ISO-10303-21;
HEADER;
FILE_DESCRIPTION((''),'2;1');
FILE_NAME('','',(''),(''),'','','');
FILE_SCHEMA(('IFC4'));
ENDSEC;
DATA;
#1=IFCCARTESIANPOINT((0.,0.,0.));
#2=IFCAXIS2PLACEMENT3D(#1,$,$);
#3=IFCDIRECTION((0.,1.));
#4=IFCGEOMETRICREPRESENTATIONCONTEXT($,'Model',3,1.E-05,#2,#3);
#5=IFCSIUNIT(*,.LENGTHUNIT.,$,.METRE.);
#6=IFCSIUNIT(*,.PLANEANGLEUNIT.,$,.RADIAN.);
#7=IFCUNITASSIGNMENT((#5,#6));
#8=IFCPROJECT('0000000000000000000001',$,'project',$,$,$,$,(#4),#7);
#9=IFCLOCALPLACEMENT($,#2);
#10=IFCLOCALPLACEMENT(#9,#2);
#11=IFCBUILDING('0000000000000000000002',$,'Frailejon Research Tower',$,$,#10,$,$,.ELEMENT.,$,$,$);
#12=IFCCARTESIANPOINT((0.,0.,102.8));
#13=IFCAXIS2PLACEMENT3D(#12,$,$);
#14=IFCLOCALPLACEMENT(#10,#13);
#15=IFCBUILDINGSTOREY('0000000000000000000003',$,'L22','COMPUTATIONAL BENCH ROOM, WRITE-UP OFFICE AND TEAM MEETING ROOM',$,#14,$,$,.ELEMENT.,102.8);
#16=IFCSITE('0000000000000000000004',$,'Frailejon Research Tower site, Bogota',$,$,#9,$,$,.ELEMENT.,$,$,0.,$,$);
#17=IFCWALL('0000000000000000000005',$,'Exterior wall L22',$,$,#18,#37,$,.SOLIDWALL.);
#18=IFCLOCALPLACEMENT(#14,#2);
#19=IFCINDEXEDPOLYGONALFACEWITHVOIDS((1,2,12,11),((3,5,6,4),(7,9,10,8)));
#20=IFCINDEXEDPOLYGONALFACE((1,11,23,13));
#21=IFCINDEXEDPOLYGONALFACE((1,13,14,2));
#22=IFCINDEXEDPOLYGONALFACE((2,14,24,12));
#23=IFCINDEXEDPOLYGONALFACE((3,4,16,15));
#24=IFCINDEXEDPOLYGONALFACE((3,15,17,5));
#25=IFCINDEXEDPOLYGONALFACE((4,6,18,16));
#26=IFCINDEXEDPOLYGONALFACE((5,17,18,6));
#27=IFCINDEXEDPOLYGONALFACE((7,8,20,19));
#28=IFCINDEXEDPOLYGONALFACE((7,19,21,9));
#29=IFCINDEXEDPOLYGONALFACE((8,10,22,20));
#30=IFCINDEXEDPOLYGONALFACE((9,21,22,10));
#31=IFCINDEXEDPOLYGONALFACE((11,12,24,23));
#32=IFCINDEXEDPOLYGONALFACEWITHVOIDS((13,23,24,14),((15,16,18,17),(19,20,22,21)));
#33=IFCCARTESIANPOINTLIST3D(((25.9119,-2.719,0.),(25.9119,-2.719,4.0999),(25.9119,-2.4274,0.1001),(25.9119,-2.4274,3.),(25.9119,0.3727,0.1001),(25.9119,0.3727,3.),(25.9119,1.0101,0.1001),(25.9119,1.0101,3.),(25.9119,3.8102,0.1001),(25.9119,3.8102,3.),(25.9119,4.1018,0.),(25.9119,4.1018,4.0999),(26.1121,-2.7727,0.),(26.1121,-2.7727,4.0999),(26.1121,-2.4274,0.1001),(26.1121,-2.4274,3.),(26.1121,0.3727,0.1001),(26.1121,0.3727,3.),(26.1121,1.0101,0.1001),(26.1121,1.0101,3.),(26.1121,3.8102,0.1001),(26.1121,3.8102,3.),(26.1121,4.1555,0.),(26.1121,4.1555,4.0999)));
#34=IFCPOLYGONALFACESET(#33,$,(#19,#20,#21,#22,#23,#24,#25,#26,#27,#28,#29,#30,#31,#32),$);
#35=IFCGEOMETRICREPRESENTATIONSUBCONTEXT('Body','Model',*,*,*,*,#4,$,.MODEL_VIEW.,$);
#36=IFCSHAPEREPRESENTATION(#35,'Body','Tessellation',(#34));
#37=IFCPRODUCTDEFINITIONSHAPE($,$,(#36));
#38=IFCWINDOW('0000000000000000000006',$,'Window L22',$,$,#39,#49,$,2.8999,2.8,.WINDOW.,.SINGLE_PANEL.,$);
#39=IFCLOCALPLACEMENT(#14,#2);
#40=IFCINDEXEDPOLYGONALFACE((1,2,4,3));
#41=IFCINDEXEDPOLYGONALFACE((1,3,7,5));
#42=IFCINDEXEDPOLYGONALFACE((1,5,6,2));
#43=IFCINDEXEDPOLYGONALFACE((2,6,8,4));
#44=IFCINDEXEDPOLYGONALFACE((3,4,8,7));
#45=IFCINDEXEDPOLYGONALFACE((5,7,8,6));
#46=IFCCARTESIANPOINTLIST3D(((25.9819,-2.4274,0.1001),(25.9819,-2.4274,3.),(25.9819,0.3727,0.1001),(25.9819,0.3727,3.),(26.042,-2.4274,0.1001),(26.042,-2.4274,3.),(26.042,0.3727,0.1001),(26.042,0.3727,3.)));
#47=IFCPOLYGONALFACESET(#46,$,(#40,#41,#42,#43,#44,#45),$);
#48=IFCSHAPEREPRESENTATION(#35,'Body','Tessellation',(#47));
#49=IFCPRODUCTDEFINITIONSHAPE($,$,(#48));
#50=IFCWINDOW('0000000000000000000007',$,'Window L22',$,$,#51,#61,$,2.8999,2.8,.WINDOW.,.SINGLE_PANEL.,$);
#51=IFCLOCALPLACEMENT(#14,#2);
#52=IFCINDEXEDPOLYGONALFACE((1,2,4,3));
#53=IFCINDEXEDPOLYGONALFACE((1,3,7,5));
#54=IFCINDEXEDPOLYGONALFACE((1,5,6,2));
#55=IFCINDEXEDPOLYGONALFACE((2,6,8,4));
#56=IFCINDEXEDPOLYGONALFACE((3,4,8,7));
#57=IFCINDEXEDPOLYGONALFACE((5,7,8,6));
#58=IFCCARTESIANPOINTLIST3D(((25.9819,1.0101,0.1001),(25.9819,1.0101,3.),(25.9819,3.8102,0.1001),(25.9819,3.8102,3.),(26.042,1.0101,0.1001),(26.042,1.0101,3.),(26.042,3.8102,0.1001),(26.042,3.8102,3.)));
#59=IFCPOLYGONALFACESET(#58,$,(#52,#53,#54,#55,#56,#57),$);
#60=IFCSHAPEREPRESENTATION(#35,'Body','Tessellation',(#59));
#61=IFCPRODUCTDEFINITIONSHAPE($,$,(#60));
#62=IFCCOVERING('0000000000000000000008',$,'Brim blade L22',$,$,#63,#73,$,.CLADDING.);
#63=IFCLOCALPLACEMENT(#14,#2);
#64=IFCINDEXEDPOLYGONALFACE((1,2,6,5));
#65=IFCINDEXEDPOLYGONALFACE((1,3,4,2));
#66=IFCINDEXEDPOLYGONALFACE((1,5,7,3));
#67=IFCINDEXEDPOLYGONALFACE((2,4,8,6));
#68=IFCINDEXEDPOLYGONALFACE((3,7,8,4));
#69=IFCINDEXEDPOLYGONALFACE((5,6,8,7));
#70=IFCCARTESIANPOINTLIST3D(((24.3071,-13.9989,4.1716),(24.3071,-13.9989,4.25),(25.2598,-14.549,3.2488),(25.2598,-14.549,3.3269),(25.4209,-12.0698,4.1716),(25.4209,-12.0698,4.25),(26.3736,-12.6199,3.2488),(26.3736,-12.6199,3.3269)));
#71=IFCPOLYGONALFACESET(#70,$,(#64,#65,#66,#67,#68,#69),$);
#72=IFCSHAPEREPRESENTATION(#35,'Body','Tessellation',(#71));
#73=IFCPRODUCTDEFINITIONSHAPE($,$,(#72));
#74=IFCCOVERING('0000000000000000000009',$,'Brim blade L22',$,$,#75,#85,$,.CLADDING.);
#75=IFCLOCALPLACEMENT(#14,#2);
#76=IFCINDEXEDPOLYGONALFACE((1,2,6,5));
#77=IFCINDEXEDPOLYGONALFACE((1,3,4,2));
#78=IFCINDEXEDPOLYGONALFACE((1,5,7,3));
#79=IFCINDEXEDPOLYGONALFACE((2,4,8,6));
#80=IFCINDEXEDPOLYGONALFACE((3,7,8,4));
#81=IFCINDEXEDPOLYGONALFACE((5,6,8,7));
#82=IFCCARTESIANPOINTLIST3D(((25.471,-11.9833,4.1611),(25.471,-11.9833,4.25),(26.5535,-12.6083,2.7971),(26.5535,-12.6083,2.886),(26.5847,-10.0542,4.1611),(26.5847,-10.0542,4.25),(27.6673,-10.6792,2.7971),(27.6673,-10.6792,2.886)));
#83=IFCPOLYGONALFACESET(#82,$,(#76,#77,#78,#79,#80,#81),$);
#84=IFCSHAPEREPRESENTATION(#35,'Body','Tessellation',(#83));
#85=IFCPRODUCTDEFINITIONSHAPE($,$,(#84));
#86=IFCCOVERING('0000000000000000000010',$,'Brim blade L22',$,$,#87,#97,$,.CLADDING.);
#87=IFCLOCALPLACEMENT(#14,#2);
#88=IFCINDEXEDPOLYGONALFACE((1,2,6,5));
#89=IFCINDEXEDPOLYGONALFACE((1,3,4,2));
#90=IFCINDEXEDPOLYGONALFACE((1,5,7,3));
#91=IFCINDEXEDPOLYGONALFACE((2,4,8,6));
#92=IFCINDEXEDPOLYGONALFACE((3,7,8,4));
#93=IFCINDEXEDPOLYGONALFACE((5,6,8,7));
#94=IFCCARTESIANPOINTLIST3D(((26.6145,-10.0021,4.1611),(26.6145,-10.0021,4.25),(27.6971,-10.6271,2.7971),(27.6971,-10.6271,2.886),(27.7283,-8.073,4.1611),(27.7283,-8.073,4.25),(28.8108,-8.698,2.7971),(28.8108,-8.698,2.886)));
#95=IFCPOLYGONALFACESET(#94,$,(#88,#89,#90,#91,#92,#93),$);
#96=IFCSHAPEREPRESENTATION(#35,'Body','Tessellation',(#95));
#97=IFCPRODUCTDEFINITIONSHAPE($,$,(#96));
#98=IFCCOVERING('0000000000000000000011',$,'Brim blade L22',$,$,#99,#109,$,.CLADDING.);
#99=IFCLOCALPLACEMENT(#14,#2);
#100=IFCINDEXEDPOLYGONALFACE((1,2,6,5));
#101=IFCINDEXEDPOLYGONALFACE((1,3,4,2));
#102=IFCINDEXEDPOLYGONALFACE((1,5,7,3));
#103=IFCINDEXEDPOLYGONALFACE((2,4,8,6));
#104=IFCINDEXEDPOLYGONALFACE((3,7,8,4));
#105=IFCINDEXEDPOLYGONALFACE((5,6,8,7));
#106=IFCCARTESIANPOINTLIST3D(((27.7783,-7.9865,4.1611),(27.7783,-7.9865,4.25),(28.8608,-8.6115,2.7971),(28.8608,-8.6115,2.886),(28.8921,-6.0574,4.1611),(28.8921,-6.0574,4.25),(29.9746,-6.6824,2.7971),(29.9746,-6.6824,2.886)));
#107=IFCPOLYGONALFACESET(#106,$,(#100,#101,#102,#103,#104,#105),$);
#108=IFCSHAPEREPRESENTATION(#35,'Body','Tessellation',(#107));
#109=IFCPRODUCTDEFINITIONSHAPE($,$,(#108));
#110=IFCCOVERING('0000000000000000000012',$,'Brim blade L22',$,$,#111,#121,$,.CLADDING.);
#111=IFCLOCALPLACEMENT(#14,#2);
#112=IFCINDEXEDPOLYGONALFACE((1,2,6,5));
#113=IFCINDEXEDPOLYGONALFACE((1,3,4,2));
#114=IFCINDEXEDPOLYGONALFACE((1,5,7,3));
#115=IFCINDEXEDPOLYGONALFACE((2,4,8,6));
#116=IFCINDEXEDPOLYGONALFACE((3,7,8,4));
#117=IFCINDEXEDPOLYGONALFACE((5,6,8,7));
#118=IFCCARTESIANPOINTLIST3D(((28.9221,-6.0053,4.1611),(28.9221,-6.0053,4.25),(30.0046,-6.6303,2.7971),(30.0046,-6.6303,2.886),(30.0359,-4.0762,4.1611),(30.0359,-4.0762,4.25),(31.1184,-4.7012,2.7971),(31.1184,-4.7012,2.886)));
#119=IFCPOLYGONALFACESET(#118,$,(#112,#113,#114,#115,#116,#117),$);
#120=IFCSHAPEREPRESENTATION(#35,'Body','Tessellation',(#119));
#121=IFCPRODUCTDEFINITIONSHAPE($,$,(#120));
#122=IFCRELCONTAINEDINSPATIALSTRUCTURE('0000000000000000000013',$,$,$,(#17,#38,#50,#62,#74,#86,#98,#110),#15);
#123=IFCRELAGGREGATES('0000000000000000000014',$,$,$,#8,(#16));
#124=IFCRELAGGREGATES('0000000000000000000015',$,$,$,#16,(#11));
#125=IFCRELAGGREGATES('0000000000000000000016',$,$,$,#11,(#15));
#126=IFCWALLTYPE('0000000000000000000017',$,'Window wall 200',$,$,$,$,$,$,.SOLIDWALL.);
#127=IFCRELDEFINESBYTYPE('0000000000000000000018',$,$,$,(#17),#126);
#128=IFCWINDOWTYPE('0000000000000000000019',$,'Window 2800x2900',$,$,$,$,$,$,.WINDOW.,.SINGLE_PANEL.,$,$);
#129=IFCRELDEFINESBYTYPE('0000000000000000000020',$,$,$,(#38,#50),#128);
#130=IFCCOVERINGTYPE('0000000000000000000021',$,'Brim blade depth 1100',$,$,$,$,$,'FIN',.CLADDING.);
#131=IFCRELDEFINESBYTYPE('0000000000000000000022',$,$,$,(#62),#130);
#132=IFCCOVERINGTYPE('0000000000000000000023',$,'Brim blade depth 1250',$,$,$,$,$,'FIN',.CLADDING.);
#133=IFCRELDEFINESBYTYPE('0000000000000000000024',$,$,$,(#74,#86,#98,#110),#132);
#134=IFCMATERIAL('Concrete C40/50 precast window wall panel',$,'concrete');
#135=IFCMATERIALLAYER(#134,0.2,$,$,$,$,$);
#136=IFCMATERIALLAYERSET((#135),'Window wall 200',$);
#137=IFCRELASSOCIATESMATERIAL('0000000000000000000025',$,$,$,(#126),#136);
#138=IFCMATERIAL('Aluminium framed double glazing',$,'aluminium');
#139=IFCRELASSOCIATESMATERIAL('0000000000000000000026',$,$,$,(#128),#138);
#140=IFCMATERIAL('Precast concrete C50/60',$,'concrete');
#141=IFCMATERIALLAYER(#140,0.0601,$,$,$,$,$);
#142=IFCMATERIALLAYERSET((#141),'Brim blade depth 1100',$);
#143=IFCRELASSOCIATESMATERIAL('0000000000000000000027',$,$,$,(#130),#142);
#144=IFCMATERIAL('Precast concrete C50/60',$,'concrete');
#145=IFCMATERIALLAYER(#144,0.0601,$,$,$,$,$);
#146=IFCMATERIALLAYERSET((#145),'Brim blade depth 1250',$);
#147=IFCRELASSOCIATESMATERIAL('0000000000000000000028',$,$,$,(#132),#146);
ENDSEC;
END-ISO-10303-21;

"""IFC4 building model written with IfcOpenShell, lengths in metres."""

from ifc_helpers import new_model, si_unit, direction, frame, frame_2d, origin, place, context, subcontext, project, spatial, polyline, rectangle, outline, extrude, material, layer, layer_set, type_object, element, fill, save


model = new_model("IFC4")

# Units and contexts
model_context = context("Model", 3, precision=1e-05, world=origin(), true_north=direction((0.0, 1.0)))
body_context = subcontext(model_context, "Body", "Model", "MODEL_VIEW")
ifc_project = project(units=[si_unit("LENGTHUNIT", "METRE"), si_unit("PLANEANGLEUNIT", "RADIAN")], contexts=[model_context])

# Site, building, storey
site_placement = place(None, origin())
site = spatial("IfcSite", under=ifc_project, at=site_placement, Name="Frailejon Research Tower site, Bogota", CompositionType="ELEMENT", RefElevation=0.0)
building_placement = place(site_placement, origin())
building = spatial("IfcBuilding", under=site, at=building_placement, Name="Frailejon Research Tower", CompositionType="ELEMENT")
storey_placement = place(building_placement, frame((0.0, 0.0, 102.8)))
storey = spatial("IfcBuildingStorey", under=building, at=storey_placement, Name="L22", Description="COMPUTATIONAL BENCH ROOM, WRITE-UP OFFICE AND TEAM MEETING ROOM", CompositionType="ELEMENT", Elevation=102.8)

# Wall, openings, windows
ifc_material_1 = material(Name="Concrete C40/50 precast window wall panel", Category="concrete")
ifc_layer_1 = layer(ifc_material_1, 0.2)
ifc_layer_set_1 = layer_set([ifc_layer_1], Name="Window wall 200")
wall_type_1 = type_object("IfcWallType", Name="Window wall 200", PredefinedType="SOLIDWALL", material=ifc_layer_set_1)
wall_1_placement = place(storey_placement, frame((26.012, -2.7458, 0.0), z_axis=(0.0, 0.0, 1.0), x_axis=(0.0, 1.0, 0.0)))
wall_1 = element("IfcWall", 1, at=wall_1_placement, inside=storey, type_object=wall_type_1, Name="Exterior wall L22", PredefinedType="SOLIDWALL", context=body_context, shape_type="SweptSolid", body=[
    extrude(outline(polyline([(-0.0269, -0.1001), (1.1279, -0.1001), (2.2825, -0.1001), (3.4373, -0.1001), (4.592, -0.1001), (5.7466, -0.1001), (6.9014, -0.1001), (6.8477, 0.1001), (5.7109, 0.1001), (4.574, 0.1001), (3.4373, 0.1001), (2.3005, 0.1001), (1.1636, 0.1001), (0.0269, 0.1001), (-0.0269, -0.1001)])), origin(), (0.0, 0.0, 1.0), 4.0999),
])
opening_1_placement = place(wall_1_placement, frame((0.3186, 0.0, 0.1001)))
opening_1 = element("IfcOpeningElement", 2, at=opening_1_placement, cuts=wall_1, PredefinedType="OPENING", context=body_context, shape_type="SweptSolid", body=[
    extrude(rectangle(XDim=2.8, YDim=2.8999, at=frame_2d((1.3999, 1.45))), frame((0.0, 0.1099, 0.0), z_axis=(0.0, -1.0, 0.0), x_axis=(1.0, 0.0, 0.0)), (0.0, 0.0, 1.0), 0.22),
])
opening_2_placement = place(wall_1_placement, frame((3.7561, 0.0, 0.1001)))
opening_2 = element("IfcOpeningElement", 3, at=opening_2_placement, cuts=wall_1, PredefinedType="OPENING", context=body_context, shape_type="SweptSolid", body=[
    extrude(rectangle(XDim=2.8, YDim=2.8999, at=frame_2d((1.3999, 1.45))), frame((0.0, 0.1099, 0.0), z_axis=(0.0, -1.0, 0.0), x_axis=(1.0, 0.0, 0.0)), (0.0, 0.0, 1.0), 0.22),
])
ifc_material_2 = material(Name="Aluminium framed double glazing", Category="aluminium")
window_type = type_object("IfcWindowType", Name="Window 2800x2900", PartitioningType="SINGLE_PANEL", PredefinedType="WINDOW", material=ifc_material_2)
window_1_placement = place(opening_1_placement, origin())
window_1 = element("IfcWindow", 4, at=window_1_placement, inside=storey, type_object=window_type, Name="Window L22", OverallHeight=2.8999, OverallWidth=2.8, PartitioningType="SINGLE_PANEL", PredefinedType="WINDOW", context=body_context, shape_type="SweptSolid", body=[
    extrude(rectangle(XDim=2.8, YDim=2.8999, at=frame_2d((1.3999, 1.45))), frame((0.0, 0.03, 0.0), z_axis=(0.0, -1.0, 0.0), x_axis=(1.0, 0.0, 0.0)), (0.0, 0.0, 1.0), 0.0601),
])
fill(opening_1, window_1)
window_2_placement = place(opening_2_placement, origin())
window_2 = element("IfcWindow", 5, at=window_2_placement, inside=storey, type_object=window_type, Name="Window L22", OverallHeight=2.8999, OverallWidth=2.8, PartitioningType="SINGLE_PANEL", PredefinedType="WINDOW", context=body_context, shape_type="SweptSolid", body=[
    extrude(rectangle(XDim=2.8, YDim=2.8999, at=frame_2d((1.3999, 1.45))), frame((0.0, 0.03, 0.0), z_axis=(0.0, -1.0, 0.0), x_axis=(1.0, 0.0, 0.0)), (0.0, 0.0, 1.0), 0.0601),
])
fill(opening_2, window_2)

# Coverings
ifc_material_3 = material(Name="Precast concrete C50/60", Category="concrete")
ifc_layer_2 = layer(ifc_material_3, 0.0601)
ifc_layer_set_2 = layer_set([ifc_layer_2], Name="Brim blade depth 1100")
covering_type_1 = type_object("IfcCoveringType", Name="Brim blade depth 1100", ElementType="FIN", PredefinedType="CLADDING", material=ifc_layer_set_2)
covering_placement = place(storey_placement, frame((25.4209, -12.0698, 4.25), z_axis=(-0.500008, -0.866021, 0.0), x_axis=(0.866021, -0.500008, 0.0)))
element("IfcCovering", 6, at=covering_placement, inside=storey, type_object=covering_type_1, Name="Brim blade L22", PredefinedType="CLADDING", context=body_context, shape_type="SweptSolid", body=[
    extrude(outline(polyline([(0.0, -0.0784), (1.1001, -1.0012), (1.1001, -0.9231), (0.0, 0.0), (0.0, -0.0784)])), origin(), (0.0, 0.0, 1.0), 2.2275),
])
ifc_material_4 = material(Name="Precast concrete C50/60", Category="concrete")
ifc_layer_3 = layer(ifc_material_4, 0.0601)
ifc_layer_set_3 = layer_set([ifc_layer_3], Name="Brim blade depth 1250")
covering_type_2 = type_object("IfcCoveringType", Name="Brim blade depth 1250", ElementType="FIN", PredefinedType="CLADDING", material=ifc_layer_set_3)
for number, where, z_axis, x_axis, name in (
    (7, (26.5847, -10.0542, 4.25), (-0.499982, -0.866036, 0.0), (0.866036, -0.499982, 0.0), "Brim blade L22"),
    (8, (27.7283, -8.073, 4.25), (-0.499982, -0.866036, 0.0), (0.866036, -0.499982, 0.0), "Brim blade L22"),
    (9, (28.8921, -6.0574, 4.25), (-0.500008, -0.866021, 0.0), (0.866021, -0.500008, 0.0), "Brim blade L22"),
    (10, (30.0359, -4.0762, 4.25), (-0.500008, -0.866021, 0.0), (0.866021, -0.500008, 0.0), "Brim blade L22"),
):
    element("IfcCovering", number, at=place(storey_placement, frame(where, z_axis=z_axis, x_axis=x_axis)), inside=storey, type_object=covering_type_2, Name=name, PredefinedType="CLADDING", context=body_context, shape_type="SweptSolid", body=[
        extrude(outline(polyline([(0.0, -0.0889), (1.25, -1.4529), (1.25, -1.364), (0.0, 0.0), (0.0, -0.0889)])), origin(), (0.0, 0.0, 1.0), 2.2275),
    ])

save(model, "model.ifc")
